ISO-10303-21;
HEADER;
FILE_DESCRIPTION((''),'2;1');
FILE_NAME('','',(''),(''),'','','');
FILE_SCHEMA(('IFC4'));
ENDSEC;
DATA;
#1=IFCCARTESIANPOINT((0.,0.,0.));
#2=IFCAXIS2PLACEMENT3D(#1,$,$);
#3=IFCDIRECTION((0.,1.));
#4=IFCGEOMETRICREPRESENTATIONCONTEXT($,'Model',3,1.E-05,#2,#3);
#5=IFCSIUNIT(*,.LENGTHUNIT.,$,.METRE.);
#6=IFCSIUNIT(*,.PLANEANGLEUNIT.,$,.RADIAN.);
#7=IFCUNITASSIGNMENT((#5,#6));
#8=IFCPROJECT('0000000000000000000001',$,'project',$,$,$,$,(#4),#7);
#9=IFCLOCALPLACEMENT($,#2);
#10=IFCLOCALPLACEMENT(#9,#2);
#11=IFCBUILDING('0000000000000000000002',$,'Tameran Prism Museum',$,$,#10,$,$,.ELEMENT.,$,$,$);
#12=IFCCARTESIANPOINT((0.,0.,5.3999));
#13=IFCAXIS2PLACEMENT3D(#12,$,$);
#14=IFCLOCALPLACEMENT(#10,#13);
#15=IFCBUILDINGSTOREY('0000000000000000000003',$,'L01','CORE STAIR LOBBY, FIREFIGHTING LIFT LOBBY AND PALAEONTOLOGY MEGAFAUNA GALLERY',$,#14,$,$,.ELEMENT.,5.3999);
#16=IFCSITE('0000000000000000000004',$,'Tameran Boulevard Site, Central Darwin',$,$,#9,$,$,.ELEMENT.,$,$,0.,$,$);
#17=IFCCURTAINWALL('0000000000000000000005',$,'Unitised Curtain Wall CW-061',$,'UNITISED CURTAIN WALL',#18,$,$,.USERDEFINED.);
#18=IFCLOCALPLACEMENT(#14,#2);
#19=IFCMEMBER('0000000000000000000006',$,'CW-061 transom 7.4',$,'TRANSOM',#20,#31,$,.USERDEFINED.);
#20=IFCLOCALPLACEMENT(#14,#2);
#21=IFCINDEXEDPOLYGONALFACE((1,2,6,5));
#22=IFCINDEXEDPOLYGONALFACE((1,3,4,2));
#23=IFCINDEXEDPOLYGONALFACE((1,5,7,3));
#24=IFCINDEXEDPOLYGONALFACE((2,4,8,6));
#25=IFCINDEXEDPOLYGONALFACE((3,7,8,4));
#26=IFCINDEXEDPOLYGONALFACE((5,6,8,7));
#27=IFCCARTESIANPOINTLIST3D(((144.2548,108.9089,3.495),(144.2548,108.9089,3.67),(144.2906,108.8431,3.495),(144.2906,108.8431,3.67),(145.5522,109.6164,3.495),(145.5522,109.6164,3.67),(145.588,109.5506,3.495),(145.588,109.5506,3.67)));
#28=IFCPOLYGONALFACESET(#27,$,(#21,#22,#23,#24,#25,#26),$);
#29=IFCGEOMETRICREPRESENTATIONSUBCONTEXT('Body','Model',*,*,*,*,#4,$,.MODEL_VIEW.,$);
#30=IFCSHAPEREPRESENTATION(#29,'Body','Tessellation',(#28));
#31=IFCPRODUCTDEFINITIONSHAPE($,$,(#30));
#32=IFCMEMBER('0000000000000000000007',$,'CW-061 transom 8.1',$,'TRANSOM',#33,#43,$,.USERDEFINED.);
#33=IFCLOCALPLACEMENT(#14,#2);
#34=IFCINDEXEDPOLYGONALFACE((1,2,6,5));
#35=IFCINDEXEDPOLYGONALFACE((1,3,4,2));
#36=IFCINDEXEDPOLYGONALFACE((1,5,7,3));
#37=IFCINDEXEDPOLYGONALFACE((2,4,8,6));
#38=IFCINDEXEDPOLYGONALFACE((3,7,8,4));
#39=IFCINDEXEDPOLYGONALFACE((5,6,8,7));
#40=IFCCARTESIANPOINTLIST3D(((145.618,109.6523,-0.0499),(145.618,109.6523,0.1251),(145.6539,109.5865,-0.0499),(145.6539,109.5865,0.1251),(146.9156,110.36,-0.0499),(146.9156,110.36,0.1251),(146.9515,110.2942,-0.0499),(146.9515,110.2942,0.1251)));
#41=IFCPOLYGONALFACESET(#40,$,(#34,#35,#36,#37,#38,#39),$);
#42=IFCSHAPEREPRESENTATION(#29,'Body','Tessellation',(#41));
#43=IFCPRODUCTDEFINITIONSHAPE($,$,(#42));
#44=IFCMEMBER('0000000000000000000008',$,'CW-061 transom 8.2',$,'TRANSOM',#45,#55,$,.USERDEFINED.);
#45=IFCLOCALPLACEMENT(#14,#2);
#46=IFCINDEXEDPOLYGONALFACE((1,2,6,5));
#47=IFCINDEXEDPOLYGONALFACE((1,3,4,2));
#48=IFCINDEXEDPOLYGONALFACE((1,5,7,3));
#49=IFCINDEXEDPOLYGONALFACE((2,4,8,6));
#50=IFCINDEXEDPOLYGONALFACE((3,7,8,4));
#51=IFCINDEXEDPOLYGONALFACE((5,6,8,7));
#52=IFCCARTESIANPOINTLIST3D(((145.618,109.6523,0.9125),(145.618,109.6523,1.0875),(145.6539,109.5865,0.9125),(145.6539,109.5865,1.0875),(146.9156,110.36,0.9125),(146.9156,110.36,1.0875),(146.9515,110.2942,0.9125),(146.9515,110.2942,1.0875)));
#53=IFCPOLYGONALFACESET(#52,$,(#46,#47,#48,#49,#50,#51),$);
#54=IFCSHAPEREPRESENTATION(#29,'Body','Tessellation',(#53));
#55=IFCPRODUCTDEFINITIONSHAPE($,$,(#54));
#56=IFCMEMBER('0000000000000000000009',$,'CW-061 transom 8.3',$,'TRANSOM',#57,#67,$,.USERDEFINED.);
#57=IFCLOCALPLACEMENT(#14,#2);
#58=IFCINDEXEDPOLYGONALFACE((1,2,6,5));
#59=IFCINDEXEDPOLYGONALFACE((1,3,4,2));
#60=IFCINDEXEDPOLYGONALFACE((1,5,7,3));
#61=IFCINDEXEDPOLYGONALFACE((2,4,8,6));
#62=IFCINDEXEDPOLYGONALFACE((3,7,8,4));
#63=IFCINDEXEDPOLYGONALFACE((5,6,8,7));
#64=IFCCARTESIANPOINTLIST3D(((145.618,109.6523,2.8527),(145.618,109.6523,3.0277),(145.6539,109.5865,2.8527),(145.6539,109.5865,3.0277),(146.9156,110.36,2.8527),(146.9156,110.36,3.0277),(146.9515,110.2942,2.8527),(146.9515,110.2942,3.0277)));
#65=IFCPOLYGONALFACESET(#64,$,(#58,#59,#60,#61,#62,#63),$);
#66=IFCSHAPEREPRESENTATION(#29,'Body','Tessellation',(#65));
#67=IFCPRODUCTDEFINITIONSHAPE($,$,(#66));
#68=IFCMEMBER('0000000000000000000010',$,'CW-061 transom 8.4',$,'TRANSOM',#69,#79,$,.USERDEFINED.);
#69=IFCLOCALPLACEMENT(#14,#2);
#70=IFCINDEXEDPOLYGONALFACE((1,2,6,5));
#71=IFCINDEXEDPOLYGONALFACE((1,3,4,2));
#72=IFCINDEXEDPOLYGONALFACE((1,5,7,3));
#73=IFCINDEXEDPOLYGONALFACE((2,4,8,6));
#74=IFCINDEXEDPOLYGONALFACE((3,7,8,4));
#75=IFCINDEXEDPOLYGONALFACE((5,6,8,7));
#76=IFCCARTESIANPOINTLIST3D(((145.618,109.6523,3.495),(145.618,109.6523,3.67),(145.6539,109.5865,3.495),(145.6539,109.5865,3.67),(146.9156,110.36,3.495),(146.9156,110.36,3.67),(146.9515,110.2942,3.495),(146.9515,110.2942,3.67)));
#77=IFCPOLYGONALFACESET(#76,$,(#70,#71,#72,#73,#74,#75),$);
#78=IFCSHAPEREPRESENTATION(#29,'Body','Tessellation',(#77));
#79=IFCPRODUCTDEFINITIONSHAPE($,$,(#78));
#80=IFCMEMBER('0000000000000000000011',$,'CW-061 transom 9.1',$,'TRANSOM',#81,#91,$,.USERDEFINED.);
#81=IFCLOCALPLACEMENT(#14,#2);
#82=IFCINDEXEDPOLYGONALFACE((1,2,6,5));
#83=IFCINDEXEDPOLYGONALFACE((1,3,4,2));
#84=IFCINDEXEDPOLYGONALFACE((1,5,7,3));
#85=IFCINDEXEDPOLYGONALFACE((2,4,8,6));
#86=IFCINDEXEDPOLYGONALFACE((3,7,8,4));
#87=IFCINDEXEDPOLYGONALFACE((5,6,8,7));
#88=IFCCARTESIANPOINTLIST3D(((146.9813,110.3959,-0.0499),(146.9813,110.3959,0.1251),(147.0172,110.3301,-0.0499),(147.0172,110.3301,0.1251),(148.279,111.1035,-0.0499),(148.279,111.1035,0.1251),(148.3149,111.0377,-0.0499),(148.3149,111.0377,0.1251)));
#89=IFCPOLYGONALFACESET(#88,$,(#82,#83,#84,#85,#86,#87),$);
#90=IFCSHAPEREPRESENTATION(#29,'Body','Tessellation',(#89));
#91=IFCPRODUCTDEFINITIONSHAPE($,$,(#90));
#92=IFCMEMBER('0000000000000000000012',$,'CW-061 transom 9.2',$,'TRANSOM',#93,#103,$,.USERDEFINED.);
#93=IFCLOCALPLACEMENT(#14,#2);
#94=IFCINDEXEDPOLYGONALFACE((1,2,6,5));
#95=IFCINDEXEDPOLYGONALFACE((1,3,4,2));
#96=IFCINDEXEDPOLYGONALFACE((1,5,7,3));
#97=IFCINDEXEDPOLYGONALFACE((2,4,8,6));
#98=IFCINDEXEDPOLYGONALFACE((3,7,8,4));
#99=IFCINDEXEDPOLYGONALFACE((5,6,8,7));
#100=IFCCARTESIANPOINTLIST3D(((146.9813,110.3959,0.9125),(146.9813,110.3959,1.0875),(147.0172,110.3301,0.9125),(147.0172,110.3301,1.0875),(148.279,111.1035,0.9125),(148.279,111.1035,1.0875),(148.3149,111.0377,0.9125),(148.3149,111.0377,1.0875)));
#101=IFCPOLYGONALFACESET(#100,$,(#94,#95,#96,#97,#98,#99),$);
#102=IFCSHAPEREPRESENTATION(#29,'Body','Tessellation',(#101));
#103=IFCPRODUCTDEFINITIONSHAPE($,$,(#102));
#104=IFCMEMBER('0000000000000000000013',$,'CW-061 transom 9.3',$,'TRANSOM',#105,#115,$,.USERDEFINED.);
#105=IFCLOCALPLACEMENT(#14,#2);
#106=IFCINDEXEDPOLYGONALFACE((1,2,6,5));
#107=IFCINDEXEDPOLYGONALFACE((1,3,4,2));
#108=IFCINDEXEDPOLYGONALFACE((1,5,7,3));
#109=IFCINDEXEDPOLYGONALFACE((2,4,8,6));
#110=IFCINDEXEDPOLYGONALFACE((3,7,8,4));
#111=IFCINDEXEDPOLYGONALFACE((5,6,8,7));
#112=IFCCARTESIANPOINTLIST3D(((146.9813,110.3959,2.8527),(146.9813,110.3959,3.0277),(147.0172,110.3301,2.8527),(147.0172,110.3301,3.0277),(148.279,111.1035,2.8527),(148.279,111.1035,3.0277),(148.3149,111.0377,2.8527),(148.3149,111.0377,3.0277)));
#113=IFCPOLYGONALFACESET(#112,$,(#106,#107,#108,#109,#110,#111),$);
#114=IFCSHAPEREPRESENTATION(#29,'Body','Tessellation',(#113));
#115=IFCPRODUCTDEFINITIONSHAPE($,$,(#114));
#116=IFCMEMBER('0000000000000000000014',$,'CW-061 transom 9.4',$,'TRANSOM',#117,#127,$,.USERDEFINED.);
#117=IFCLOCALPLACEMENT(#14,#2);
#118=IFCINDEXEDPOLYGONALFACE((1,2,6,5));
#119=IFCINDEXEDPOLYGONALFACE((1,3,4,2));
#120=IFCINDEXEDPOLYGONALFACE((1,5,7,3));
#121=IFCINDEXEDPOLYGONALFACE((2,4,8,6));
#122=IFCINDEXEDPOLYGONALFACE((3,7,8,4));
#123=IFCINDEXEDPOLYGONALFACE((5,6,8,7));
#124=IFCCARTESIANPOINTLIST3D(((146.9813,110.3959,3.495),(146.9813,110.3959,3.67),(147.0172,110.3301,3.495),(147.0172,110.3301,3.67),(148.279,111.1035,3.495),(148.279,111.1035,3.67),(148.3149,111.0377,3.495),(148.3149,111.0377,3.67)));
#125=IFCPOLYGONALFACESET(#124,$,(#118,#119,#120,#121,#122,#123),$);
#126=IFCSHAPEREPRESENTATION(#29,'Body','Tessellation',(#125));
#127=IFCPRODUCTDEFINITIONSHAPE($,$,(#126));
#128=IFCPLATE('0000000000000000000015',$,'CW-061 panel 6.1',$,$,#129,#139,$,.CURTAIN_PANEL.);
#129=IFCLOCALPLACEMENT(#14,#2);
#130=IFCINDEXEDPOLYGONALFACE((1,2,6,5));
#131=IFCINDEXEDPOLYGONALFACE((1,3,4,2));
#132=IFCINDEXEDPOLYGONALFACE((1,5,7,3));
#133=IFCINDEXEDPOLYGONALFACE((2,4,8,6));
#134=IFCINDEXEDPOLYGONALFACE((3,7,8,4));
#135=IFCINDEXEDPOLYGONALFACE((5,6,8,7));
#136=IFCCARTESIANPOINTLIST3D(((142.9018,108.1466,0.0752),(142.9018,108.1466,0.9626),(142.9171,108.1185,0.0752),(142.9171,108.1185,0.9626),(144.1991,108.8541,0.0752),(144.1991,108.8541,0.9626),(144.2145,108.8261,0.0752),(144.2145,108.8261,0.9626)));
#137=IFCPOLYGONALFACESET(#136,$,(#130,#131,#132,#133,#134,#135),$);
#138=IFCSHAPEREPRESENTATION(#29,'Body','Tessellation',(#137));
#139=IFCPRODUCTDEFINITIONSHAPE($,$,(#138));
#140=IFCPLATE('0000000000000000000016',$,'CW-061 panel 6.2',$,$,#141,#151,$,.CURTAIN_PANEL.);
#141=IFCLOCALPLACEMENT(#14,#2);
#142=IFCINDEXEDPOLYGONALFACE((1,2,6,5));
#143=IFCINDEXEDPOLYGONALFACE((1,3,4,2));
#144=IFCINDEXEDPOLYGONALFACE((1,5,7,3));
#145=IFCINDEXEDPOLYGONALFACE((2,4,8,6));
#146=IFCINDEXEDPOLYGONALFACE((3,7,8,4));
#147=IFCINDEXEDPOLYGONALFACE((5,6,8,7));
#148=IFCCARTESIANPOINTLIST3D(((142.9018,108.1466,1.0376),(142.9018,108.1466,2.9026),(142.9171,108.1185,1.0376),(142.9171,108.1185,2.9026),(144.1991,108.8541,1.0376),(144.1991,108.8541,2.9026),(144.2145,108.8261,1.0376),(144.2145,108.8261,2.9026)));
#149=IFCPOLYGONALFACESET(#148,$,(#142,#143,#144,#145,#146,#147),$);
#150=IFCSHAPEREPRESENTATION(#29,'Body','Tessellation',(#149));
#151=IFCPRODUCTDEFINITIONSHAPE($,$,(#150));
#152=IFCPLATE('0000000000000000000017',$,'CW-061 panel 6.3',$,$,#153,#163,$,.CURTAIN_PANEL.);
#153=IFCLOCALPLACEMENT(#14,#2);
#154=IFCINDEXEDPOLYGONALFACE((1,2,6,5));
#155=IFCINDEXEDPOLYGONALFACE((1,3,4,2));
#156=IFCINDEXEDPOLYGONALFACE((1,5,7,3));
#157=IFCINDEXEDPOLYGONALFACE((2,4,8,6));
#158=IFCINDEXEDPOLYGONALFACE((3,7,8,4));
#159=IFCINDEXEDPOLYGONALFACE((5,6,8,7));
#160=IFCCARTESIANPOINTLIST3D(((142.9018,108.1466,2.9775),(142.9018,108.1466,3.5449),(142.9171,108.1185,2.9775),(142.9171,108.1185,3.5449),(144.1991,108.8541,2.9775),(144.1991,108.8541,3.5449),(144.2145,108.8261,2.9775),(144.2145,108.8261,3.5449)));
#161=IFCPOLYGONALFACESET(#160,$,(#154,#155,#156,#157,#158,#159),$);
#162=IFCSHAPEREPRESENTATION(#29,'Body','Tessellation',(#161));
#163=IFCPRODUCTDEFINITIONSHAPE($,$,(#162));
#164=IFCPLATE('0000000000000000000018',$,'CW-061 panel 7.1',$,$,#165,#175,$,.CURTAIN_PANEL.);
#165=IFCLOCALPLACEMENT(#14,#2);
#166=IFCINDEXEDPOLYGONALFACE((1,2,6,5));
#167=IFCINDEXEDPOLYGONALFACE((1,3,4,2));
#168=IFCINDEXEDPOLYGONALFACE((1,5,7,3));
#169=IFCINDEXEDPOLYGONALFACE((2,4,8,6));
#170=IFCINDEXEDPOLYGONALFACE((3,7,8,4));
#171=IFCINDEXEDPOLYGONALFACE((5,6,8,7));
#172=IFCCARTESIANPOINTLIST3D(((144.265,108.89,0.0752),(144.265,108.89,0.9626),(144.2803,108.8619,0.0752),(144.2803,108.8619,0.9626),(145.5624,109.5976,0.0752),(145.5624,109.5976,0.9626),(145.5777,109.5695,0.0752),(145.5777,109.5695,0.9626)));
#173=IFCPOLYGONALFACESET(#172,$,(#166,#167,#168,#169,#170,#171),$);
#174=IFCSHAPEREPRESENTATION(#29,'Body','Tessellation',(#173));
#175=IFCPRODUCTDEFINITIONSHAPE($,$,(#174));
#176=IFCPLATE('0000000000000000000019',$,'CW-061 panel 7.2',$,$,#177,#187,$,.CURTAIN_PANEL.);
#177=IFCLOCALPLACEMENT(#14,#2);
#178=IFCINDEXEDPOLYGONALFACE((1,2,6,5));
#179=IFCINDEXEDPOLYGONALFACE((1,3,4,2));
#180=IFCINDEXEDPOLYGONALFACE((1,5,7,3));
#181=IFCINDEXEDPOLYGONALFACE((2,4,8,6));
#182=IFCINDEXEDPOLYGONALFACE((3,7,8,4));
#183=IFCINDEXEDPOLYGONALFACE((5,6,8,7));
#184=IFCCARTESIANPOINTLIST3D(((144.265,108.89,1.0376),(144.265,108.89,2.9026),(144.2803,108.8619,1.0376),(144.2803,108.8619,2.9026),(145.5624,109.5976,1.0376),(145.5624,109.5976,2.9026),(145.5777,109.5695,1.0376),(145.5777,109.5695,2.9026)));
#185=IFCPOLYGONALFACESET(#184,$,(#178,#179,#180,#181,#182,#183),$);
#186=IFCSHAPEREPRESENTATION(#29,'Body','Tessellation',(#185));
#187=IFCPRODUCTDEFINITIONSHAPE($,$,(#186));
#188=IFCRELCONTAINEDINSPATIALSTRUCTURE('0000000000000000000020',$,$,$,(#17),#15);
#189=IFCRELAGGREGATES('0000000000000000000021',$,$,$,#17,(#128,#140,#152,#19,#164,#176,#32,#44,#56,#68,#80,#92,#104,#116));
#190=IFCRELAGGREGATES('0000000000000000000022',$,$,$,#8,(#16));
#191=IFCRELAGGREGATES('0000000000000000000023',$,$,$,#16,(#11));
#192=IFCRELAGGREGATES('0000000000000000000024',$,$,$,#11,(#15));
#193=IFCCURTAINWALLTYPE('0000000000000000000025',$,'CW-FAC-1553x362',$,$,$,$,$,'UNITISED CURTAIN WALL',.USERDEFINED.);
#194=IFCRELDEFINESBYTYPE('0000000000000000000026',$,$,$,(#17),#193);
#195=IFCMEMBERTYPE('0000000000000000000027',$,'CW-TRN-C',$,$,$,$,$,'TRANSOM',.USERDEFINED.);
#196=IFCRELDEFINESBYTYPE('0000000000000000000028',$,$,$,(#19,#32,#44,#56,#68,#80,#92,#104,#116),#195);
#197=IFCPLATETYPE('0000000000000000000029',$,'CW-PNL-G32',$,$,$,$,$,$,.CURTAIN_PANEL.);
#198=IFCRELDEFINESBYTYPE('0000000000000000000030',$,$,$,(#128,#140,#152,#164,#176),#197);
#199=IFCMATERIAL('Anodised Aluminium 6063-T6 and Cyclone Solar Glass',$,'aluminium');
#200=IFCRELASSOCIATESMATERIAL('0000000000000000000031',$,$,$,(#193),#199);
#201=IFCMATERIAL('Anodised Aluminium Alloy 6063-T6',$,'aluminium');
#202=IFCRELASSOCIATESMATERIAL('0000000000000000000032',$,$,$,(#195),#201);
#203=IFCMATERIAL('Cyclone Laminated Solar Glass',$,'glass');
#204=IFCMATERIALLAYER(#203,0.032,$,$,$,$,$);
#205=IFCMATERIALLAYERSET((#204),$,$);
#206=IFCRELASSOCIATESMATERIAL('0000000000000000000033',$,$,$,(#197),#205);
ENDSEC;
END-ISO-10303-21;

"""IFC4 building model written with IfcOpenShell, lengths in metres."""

from ifc_helpers import new_model, si_unit, direction, frame, origin, origin_2d, place, context, subcontext, project, spatial, rectangle, extrude, material, layer, layer_set, material_profile, profile_set, type_object, element, aggregate, save


model = new_model("IFC4")

# Units and contexts
model_context = context("Model", 3, precision=1e-05, world=origin(), true_north=direction((0.0, 1.0)))
body_context = subcontext(model_context, "Body", "Model", "MODEL_VIEW")
ifc_project = project(units=[si_unit("LENGTHUNIT", "METRE"), si_unit("PLANEANGLEUNIT", "RADIAN")], contexts=[model_context])

# Site, building, storey
site_placement = place(None, origin())
site = spatial("IfcSite", under=ifc_project, at=site_placement, Name="Tameran Boulevard Site, Central Darwin", CompositionType="ELEMENT", RefElevation=0.0)
building_placement = place(site_placement, origin())
building = spatial("IfcBuilding", under=site, at=building_placement, Name="Tameran Prism Museum", CompositionType="ELEMENT")
storey_placement = place(building_placement, frame((0.0, 0.0, 5.3999)))
storey = spatial("IfcBuildingStorey", under=building, at=storey_placement, Name="L01", Description="CORE STAIR LOBBY, FIREFIGHTING LIFT LOBBY AND PALAEONTOLOGY MEGAFAUNA GALLERY", CompositionType="ELEMENT", Elevation=5.3999)

# Curtain wall, members, plates
ifc_material_1 = material(Name="Anodised Aluminium 6063-T6 and Cyclone Solar Glass", Category="aluminium")
curtain_wall_type = type_object("IfcCurtainWallType", Name="CW-FAC-1553x362", ElementType="UNITISED CURTAIN WALL", PredefinedType="USERDEFINED", material=ifc_material_1)
curtain_wall_placement = place(storey_placement, origin())
curtain_wall = element("IfcCurtainWall", 1, at=curtain_wall_placement, inside=storey, type_object=curtain_wall_type, Name="Unitised Curtain Wall CW-061", ObjectType="UNITISED CURTAIN WALL", PredefinedType="USERDEFINED")
ifc_material_2 = material(Name="Anodised Aluminium Alloy 6063-T6", Category="aluminium")
ifc_material_profile_1 = material_profile(ifc_material_2, rectangle(XDim=0.075, YDim=0.175, at=origin_2d()))
ifc_profile_set_1 = profile_set([ifc_material_profile_1])
member_type_1 = type_object("IfcMemberType", Name="CW-TRN-C", ElementType="TRANSOM", PredefinedType="USERDEFINED", material=ifc_profile_set_1)
member_1_placement = place(storey_placement, frame((144.2727, 108.876, 3.5825), z_axis=(0.877933, 0.478783, 0.0), x_axis=(-0.478783, 0.877933, 0.0)))
member_1 = element("IfcMember", 2, at=member_1_placement, type_object=member_type_1, Name="CW-061 transom 7.4", ObjectType="TRANSOM", PredefinedType="USERDEFINED", context=body_context, shape_type="SweptSolid", body=[
    extrude(rectangle(XDim=0.075, YDim=0.175, at=origin_2d()), origin(), (0.0, 0.0, 1.0), 1.4778),
])
member_2_placement = place(storey_placement, frame((145.636, 109.6194, 0.0376), z_axis=(0.877902, 0.478841, 0.0), x_axis=(-0.478841, 0.877902, 0.0)))
member_2 = element("IfcMember", 3, at=member_2_placement, type_object=member_type_1, Name="CW-061 transom 8.1", ObjectType="TRANSOM", PredefinedType="USERDEFINED", context=body_context, shape_type="SweptSolid", body=[
    extrude(rectangle(XDim=0.075, YDim=0.175, at=origin_2d()), origin(), (0.0, 0.0, 1.0), 1.478),
])
member_3_placement = place(storey_placement, frame((145.636, 109.6194, 1.0), z_axis=(0.877902, 0.478841, 0.0), x_axis=(-0.478841, 0.877902, 0.0)))
member_3 = element("IfcMember", 4, at=member_3_placement, type_object=member_type_1, Name="CW-061 transom 8.2", ObjectType="TRANSOM", PredefinedType="USERDEFINED", context=body_context, shape_type="SweptSolid", body=[
    extrude(rectangle(XDim=0.075, YDim=0.175, at=origin_2d()), origin(), (0.0, 0.0, 1.0), 1.478),
])
member_4_placement = place(storey_placement, frame((145.636, 109.6194, 2.9402), z_axis=(0.877902, 0.478841, 0.0), x_axis=(-0.478841, 0.877902, 0.0)))
member_4 = element("IfcMember", 5, at=member_4_placement, type_object=member_type_1, Name="CW-061 transom 8.3", ObjectType="TRANSOM", PredefinedType="USERDEFINED", context=body_context, shape_type="SweptSolid", body=[
    extrude(rectangle(XDim=0.075, YDim=0.175, at=origin_2d()), origin(), (0.0, 0.0, 1.0), 1.478),
])
member_5_placement = place(storey_placement, frame((145.636, 109.6194, 3.5825), z_axis=(0.877902, 0.478841, 0.0), x_axis=(-0.478841, 0.877902, 0.0)))
member_5 = element("IfcMember", 6, at=member_5_placement, type_object=member_type_1, Name="CW-061 transom 8.4", ObjectType="TRANSOM", PredefinedType="USERDEFINED", context=body_context, shape_type="SweptSolid", body=[
    extrude(rectangle(XDim=0.075, YDim=0.175, at=origin_2d()), origin(), (0.0, 0.0, 1.0), 1.478),
])
member_6_placement = place(storey_placement, frame((146.9993, 110.363, 0.0376), z_axis=(0.877971, 0.478713, 0.0), x_axis=(-0.478713, 0.877971, 0.0)))
member_6 = element("IfcMember", 7, at=member_6_placement, type_object=member_type_1, Name="CW-061 transom 9.1", ObjectType="TRANSOM", PredefinedType="USERDEFINED", context=body_context, shape_type="SweptSolid", body=[
    extrude(rectangle(XDim=0.075, YDim=0.175, at=origin_2d()), origin(), (0.0, 0.0, 1.0), 1.478),
])
member_7_placement = place(storey_placement, frame((146.9993, 110.363, 1.0), z_axis=(0.877971, 0.478713, 0.0), x_axis=(-0.478713, 0.877971, 0.0)))
member_7 = element("IfcMember", 8, at=member_7_placement, type_object=member_type_1, Name="CW-061 transom 9.2", ObjectType="TRANSOM", PredefinedType="USERDEFINED", context=body_context, shape_type="SweptSolid", body=[
    extrude(rectangle(XDim=0.075, YDim=0.175, at=origin_2d()), origin(), (0.0, 0.0, 1.0), 1.478),
])
member_8_placement = place(storey_placement, frame((146.9993, 110.363, 2.9402), z_axis=(0.877971, 0.478713, 0.0), x_axis=(-0.478713, 0.877971, 0.0)))
member_8 = element("IfcMember", 9, at=member_8_placement, type_object=member_type_1, Name="CW-061 transom 9.3", ObjectType="TRANSOM", PredefinedType="USERDEFINED", context=body_context, shape_type="SweptSolid", body=[
    extrude(rectangle(XDim=0.075, YDim=0.175, at=origin_2d()), origin(), (0.0, 0.0, 1.0), 1.478),
])
member_9_placement = place(storey_placement, frame((146.9993, 110.363, 3.5825), z_axis=(0.877971, 0.478713, 0.0), x_axis=(-0.478713, 0.877971, 0.0)))
member_9 = element("IfcMember", 10, at=member_9_placement, type_object=member_type_1, Name="CW-061 transom 9.4", ObjectType="TRANSOM", PredefinedType="USERDEFINED", context=body_context, shape_type="SweptSolid", body=[
    extrude(rectangle(XDim=0.075, YDim=0.175, at=origin_2d()), origin(), (0.0, 0.0, 1.0), 1.478),
])
ifc_material_3 = material(Name="Cyclone Laminated Solar Glass", Category="glass")
ifc_layer = layer(ifc_material_3, 0.032)
ifc_layer_set = layer_set([ifc_layer])
plate_type = type_object("IfcPlateType", Name="CW-PNL-G32", PredefinedType="CURTAIN_PANEL", material=ifc_layer_set)
plate_1_placement = place(storey_placement, frame((143.5581, 108.4863, 0.0752), z_axis=(0.0, 0.0, 1.0), x_axis=(0.877928, 0.478793, 0.0)))
plate_1 = element("IfcPlate", 11, at=plate_1_placement, type_object=plate_type, Name="CW-061 panel 6.1", PredefinedType="CURTAIN_PANEL", context=body_context, shape_type="SweptSolid", body=[
    extrude(rectangle(XDim=1.4778, YDim=0.032, at=origin_2d()), origin(), (0.0, 0.0, 1.0), 0.8875),
])
plate_2_placement = place(storey_placement, frame((143.5581, 108.4863, 1.0376), z_axis=(0.0, 0.0, 1.0), x_axis=(0.877928, 0.478793, 0.0)))
plate_2 = element("IfcPlate", 12, at=plate_2_placement, type_object=plate_type, Name="CW-061 panel 6.2", PredefinedType="CURTAIN_PANEL", context=body_context, shape_type="SweptSolid", body=[
    extrude(rectangle(XDim=1.4778, YDim=0.032, at=origin_2d()), origin(), (0.0, 0.0, 1.0), 1.865),
])
plate_3_placement = place(storey_placement, frame((143.5581, 108.4863, 2.9775), z_axis=(0.0, 0.0, 1.0), x_axis=(0.877928, 0.478793, 0.0)))
plate_3 = element("IfcPlate", 13, at=plate_3_placement, type_object=plate_type, Name="CW-061 panel 6.3", PredefinedType="CURTAIN_PANEL", context=body_context, shape_type="SweptSolid", body=[
    extrude(rectangle(XDim=1.4778, YDim=0.032, at=origin_2d()), origin(), (0.0, 0.0, 1.0), 0.5674),
])
plate_4_placement = place(storey_placement, frame((144.9214, 109.2297, 0.0752), z_axis=(0.0, 0.0, 1.0), x_axis=(0.877928, 0.478793, 0.0)))
plate_4 = element("IfcPlate", 14, at=plate_4_placement, type_object=plate_type, Name="CW-061 panel 7.1", PredefinedType="CURTAIN_PANEL", context=body_context, shape_type="SweptSolid", body=[
    extrude(rectangle(XDim=1.4778, YDim=0.032, at=origin_2d()), origin(), (0.0, 0.0, 1.0), 0.8875),
])
plate_5_placement = place(storey_placement, frame((144.9214, 109.2297, 1.0376), z_axis=(0.0, 0.0, 1.0), x_axis=(0.877928, 0.478793, 0.0)))
plate_5 = element("IfcPlate", 15, at=plate_5_placement, type_object=plate_type, Name="CW-061 panel 7.2", PredefinedType="CURTAIN_PANEL", context=body_context, shape_type="SweptSolid", body=[
    extrude(rectangle(XDim=1.4778, YDim=0.032, at=origin_2d()), origin(), (0.0, 0.0, 1.0), 1.865),
])
aggregate(curtain_wall, [plate_1, plate_2, plate_3, member_1, plate_4, plate_5, member_2, member_3, member_4, member_5, member_6, member_7, member_8, member_9])

save(model, "model.ifc")
